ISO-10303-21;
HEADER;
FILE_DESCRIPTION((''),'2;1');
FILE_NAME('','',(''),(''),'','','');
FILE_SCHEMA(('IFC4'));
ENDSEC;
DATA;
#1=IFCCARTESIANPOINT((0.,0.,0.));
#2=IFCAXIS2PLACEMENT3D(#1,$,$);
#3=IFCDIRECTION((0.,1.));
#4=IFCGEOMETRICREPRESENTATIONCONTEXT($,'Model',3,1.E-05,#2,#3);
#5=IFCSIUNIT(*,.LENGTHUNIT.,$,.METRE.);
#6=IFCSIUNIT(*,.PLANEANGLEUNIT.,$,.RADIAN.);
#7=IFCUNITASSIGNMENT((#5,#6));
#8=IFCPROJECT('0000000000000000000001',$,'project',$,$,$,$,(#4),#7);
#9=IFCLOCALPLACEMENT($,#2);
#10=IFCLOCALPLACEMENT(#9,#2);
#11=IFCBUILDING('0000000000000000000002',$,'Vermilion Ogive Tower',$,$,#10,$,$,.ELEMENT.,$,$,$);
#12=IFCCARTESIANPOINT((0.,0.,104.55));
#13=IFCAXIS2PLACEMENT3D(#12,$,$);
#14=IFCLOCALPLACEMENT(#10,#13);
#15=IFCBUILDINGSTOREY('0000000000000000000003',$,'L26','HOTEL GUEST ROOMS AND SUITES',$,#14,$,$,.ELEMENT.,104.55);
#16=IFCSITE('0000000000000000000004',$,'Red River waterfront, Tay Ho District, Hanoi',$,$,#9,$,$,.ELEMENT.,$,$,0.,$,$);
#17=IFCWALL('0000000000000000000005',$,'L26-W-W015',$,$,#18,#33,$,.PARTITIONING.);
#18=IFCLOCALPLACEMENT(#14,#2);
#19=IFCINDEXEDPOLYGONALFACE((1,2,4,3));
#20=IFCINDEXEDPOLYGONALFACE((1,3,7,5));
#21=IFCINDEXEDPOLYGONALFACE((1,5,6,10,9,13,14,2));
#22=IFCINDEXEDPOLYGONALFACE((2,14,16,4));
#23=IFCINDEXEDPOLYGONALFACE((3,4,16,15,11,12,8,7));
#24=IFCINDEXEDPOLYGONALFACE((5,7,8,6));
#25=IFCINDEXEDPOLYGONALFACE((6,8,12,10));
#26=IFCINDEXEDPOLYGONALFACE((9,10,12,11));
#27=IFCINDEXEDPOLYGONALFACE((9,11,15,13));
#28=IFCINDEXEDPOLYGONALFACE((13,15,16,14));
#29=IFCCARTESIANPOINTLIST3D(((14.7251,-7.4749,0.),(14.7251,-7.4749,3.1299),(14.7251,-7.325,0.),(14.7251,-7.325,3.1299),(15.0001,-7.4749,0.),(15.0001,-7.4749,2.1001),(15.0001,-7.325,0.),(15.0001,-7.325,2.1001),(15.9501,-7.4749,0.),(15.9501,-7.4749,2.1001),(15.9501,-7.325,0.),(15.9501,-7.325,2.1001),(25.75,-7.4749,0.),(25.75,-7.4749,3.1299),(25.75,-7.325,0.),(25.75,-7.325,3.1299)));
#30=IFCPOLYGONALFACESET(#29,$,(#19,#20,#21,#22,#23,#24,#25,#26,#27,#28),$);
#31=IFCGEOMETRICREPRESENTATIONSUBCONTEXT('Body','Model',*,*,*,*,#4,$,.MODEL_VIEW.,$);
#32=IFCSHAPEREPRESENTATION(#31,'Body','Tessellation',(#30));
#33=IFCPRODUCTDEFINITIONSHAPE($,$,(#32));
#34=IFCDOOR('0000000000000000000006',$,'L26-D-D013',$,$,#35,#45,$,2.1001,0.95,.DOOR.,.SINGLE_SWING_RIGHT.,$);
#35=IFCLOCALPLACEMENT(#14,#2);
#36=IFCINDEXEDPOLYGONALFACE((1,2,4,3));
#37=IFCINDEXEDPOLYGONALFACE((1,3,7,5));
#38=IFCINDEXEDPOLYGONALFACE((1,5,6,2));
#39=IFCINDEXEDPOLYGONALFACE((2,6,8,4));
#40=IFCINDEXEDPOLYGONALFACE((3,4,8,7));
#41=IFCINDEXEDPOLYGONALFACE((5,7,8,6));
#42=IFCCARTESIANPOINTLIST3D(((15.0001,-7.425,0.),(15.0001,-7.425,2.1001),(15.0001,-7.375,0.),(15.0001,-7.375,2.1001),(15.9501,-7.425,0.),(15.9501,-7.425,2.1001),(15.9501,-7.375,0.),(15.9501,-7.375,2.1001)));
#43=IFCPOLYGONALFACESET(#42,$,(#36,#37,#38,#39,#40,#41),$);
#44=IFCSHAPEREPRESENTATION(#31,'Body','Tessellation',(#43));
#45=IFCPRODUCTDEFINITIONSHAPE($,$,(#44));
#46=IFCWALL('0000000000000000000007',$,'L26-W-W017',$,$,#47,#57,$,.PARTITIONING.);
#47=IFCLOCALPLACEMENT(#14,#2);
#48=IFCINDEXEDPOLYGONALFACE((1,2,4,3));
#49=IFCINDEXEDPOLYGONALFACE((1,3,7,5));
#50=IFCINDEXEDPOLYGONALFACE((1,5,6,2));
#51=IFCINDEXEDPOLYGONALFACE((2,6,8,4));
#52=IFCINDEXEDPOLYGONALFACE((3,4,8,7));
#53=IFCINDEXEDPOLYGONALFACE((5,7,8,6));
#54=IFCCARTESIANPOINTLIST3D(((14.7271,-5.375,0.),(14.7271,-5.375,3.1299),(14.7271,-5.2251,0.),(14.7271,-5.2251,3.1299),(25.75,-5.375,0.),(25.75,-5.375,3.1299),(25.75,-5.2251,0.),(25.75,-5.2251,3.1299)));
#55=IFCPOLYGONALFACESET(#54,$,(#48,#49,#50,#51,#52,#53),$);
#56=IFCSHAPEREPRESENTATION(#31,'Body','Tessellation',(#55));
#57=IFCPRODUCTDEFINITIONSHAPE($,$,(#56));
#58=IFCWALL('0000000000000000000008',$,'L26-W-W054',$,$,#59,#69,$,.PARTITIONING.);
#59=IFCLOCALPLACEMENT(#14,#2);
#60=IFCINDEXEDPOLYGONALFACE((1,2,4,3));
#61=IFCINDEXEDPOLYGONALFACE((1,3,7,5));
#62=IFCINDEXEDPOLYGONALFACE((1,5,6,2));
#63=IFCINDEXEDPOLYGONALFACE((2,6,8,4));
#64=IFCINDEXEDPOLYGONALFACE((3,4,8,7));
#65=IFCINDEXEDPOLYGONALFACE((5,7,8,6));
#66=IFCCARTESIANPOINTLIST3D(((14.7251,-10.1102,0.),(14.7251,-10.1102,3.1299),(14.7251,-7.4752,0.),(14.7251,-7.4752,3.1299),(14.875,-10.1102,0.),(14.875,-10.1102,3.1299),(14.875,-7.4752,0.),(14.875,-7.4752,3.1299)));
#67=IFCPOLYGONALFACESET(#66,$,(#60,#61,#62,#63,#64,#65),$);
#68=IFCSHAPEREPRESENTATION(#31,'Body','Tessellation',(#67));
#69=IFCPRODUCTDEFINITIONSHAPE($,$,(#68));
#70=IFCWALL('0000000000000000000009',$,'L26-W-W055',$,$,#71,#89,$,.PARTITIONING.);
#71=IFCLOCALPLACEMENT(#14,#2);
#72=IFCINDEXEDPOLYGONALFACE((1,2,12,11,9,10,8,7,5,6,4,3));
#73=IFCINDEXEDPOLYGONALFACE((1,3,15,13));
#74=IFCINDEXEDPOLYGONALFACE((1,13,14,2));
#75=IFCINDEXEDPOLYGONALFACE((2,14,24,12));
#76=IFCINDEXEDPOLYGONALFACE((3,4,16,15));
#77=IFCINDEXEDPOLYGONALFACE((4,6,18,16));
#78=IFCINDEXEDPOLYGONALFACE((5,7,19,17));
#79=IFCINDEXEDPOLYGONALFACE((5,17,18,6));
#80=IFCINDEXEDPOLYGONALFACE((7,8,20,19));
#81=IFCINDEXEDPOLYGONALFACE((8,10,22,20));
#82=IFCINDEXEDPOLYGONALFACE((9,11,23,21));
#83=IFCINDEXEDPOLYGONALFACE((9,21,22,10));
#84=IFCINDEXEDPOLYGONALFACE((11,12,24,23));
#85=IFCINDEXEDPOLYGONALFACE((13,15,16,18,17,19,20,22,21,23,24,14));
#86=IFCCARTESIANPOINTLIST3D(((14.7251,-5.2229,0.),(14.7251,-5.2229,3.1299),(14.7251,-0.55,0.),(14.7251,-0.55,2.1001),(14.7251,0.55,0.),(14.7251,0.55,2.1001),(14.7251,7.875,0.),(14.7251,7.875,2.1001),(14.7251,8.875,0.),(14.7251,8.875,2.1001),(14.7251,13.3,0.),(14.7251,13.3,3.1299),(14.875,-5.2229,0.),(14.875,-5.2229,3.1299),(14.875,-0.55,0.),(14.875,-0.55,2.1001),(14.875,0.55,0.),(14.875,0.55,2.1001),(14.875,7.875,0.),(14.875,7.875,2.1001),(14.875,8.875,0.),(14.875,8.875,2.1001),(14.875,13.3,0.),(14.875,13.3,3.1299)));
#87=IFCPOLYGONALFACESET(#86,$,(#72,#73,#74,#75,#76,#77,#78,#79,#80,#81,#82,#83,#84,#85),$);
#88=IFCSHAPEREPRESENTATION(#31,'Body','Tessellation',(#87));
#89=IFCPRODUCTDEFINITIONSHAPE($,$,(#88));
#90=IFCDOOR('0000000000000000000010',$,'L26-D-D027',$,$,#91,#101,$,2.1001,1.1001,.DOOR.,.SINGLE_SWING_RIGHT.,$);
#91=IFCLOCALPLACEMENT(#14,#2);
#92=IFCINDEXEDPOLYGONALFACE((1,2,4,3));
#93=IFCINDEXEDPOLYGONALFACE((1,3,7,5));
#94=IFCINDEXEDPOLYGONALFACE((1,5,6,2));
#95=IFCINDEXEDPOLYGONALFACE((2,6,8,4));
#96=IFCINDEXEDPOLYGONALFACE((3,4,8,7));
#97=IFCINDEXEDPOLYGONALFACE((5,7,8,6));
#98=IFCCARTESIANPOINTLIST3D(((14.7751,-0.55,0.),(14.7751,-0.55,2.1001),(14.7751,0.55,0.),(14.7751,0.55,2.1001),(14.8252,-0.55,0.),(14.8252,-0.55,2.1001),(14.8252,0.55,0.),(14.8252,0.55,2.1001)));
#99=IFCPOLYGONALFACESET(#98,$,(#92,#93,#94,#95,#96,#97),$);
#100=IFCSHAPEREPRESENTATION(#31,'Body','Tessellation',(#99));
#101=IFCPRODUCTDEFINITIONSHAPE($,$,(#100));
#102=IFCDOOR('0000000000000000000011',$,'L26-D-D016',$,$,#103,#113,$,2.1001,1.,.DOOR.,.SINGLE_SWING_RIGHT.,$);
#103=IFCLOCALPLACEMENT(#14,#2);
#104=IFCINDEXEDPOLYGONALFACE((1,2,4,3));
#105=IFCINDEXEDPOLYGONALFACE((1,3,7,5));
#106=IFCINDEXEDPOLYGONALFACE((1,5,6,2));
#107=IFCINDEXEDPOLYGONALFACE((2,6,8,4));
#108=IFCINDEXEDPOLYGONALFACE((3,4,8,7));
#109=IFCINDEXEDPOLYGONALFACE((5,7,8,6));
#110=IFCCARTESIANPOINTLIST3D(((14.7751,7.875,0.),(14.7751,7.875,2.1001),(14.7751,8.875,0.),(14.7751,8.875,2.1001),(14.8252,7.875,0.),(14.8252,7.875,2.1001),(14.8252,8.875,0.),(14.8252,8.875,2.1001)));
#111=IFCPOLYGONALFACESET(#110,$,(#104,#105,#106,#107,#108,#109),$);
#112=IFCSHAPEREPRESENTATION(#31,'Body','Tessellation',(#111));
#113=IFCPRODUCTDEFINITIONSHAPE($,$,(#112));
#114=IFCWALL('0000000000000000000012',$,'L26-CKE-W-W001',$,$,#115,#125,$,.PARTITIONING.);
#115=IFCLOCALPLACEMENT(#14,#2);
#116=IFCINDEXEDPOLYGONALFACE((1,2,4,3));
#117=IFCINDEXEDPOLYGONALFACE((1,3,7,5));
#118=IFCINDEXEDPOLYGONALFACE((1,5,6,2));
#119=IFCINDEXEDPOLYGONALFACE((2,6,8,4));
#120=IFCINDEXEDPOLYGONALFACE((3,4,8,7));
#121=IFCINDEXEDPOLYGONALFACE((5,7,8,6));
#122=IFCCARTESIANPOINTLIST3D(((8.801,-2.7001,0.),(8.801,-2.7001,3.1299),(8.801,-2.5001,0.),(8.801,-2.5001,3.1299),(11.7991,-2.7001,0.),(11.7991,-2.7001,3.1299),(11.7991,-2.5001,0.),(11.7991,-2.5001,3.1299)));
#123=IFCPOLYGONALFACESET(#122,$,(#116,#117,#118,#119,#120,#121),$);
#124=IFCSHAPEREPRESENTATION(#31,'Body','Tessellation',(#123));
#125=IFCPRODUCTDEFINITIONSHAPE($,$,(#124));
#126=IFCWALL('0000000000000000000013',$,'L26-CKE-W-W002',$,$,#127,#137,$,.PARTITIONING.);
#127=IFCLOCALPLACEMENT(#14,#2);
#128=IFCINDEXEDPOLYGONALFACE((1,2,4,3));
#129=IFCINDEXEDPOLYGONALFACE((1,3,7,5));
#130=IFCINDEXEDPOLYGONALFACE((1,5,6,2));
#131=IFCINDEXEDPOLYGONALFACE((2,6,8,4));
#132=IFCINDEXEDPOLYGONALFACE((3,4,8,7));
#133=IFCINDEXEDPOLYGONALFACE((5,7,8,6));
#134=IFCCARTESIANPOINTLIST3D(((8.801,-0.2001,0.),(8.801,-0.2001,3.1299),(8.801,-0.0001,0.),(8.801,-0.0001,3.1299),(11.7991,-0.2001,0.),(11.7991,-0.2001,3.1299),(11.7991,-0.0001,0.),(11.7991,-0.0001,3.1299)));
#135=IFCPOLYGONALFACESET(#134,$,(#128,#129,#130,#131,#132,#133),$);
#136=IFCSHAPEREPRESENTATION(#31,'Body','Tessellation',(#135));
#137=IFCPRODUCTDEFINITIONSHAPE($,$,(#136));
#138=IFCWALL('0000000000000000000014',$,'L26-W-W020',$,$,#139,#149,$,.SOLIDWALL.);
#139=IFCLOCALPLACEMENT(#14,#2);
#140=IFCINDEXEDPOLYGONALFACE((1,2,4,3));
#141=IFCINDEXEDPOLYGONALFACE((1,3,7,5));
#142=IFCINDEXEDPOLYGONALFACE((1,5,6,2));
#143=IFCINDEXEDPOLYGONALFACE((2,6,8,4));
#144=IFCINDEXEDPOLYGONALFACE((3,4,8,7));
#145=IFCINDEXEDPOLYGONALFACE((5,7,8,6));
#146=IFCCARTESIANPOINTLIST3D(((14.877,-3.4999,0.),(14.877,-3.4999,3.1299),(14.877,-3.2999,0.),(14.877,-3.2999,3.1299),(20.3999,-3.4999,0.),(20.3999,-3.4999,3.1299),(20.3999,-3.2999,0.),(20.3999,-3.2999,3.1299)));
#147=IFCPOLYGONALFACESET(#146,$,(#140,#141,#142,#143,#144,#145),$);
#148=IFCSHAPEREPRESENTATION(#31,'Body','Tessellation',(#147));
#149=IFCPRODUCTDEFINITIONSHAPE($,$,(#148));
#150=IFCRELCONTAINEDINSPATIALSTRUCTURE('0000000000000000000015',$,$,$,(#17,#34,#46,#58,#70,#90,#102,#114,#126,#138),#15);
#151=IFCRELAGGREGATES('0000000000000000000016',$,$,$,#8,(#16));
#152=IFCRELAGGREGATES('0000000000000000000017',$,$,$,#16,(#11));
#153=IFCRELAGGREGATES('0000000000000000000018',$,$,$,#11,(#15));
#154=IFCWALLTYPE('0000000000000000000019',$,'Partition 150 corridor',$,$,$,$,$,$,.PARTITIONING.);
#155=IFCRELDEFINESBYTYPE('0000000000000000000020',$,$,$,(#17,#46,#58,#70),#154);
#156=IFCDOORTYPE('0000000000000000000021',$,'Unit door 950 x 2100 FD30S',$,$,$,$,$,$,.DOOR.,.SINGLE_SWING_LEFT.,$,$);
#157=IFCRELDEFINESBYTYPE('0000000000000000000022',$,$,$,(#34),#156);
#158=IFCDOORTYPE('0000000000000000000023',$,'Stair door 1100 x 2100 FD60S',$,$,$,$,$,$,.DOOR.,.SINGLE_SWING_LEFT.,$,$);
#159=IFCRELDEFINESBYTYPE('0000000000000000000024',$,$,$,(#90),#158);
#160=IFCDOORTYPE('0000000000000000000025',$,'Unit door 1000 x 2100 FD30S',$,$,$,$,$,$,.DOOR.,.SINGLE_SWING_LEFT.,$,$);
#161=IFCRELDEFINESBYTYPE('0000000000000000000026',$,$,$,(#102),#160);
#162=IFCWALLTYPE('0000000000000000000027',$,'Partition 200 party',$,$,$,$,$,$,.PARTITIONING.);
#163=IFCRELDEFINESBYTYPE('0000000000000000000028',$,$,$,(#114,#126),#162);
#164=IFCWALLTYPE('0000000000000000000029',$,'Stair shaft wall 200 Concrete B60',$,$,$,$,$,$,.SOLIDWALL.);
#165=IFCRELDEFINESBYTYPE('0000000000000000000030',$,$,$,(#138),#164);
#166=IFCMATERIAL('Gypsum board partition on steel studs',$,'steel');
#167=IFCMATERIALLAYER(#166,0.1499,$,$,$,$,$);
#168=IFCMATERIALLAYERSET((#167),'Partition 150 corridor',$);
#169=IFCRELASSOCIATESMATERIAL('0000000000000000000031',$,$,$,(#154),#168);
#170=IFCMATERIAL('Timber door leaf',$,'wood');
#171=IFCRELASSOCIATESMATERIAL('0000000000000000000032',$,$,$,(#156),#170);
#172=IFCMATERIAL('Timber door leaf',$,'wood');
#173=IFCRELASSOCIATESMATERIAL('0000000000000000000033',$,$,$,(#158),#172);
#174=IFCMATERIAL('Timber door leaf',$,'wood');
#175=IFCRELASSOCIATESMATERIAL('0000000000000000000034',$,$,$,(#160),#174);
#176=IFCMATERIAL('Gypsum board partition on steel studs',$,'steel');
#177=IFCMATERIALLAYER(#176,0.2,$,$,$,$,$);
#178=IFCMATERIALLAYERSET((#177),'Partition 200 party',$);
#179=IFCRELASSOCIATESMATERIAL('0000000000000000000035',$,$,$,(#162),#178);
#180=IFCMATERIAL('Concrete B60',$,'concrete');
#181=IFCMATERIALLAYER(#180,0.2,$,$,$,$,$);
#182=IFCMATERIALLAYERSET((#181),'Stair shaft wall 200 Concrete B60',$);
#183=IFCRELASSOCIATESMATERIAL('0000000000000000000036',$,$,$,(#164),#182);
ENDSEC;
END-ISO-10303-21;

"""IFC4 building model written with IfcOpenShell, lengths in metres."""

from ifc_helpers import new_model, si_unit, direction, frame, frame_2d, origin, place, context, subcontext, project, spatial, rectangle, extrude, material, layer, layer_set, type_object, element, fill, save


model = new_model("IFC4")

# Units and contexts
model_context = context("Model", 3, precision=1e-05, world=origin(), true_north=direction((0.0, 1.0)))
body_context = subcontext(model_context, "Body", "Model", "MODEL_VIEW")
ifc_project = project(units=[si_unit("LENGTHUNIT", "METRE"), si_unit("PLANEANGLEUNIT", "RADIAN")], contexts=[model_context])

# Site, building, storey
site_placement = place(None, origin())
site = spatial("IfcSite", under=ifc_project, at=site_placement, Name="Red River waterfront, Tay Ho District, Hanoi", CompositionType="ELEMENT", RefElevation=0.0)
building_placement = place(site_placement, origin())
building = spatial("IfcBuilding", under=site, at=building_placement, Name="Vermilion Ogive Tower", CompositionType="ELEMENT")
storey_placement = place(building_placement, frame((0.0, 0.0, 104.55)))
storey = spatial("IfcBuildingStorey", under=building, at=storey_placement, Name="L26", Description="HOTEL GUEST ROOMS AND SUITES", CompositionType="ELEMENT", Elevation=104.55)

# Wall, opening, door
ifc_material_1 = material(Name="Gypsum board partition on steel studs", Category="steel")
ifc_layer_1 = layer(ifc_material_1, 0.1499)
ifc_layer_set_1 = layer_set([ifc_layer_1], Name="Partition 150 corridor")
wall_type_1 = type_object("IfcWallType", Name="Partition 150 corridor", PredefinedType="PARTITIONING", material=ifc_layer_set_1)
wall_1_placement = place(storey_placement, frame((14.7251, -7.3999, 0.0), z_axis=(0.0, 0.0, 1.0), x_axis=(1.0, 0.0, 0.0)))
wall_1 = element("IfcWall", 1, at=wall_1_placement, inside=storey, type_object=wall_type_1, Name="L26-W-W015", PredefinedType="PARTITIONING", context=body_context, shape_type="SweptSolid", body=[
    extrude(rectangle(XDim=11.0249, YDim=0.1499, at=frame_2d((5.5125, 0.0))), origin(), (0.0, 0.0, 1.0), 3.1299),
])
opening_1_placement = place(wall_1_placement, frame((0.2749, 0.0, 0.0)))
opening_1 = element("IfcOpeningElement", 2, at=opening_1_placement, cuts=wall_1, PredefinedType="OPENING", context=body_context, shape_type="SweptSolid", body=[
    extrude(rectangle(XDim=0.95, YDim=2.1001, at=frame_2d((0.4751, 1.05))), frame((0.0, 0.085, 0.0), z_axis=(0.0, -1.0, 0.0), x_axis=(1.0, 0.0, 0.0)), (0.0, 0.0, 1.0), 0.1699),
])
ifc_material_2 = material(Name="Timber door leaf", Category="wood")
door_type_1 = type_object("IfcDoorType", Name="Unit door 950 x 2100 FD30S", OperationType="SINGLE_SWING_LEFT", PredefinedType="DOOR", material=ifc_material_2)
door_1_placement = place(opening_1_placement, origin())
door_1 = element("IfcDoor", 3, at=door_1_placement, inside=storey, type_object=door_type_1, Name="L26-D-D013", OperationType="SINGLE_SWING_RIGHT", OverallHeight=2.1001, OverallWidth=0.95, PredefinedType="DOOR", context=body_context, shape_type="SweptSolid", body=[
    extrude(rectangle(XDim=0.95, YDim=2.1001, at=frame_2d((0.4751, 1.05))), frame((0.0, 0.0249, 0.0), z_axis=(0.0, -1.0, 0.0), x_axis=(1.0, 0.0, 0.0)), (0.0, 0.0, 1.0), 0.05),
])
fill(opening_1, door_1)

# Walls
wall_2_placement = place(storey_placement, frame((14.7271, -5.3, 0.0), z_axis=(0.0, 0.0, 1.0), x_axis=(1.0, 0.0, 0.0)))
element("IfcWall", 4, at=wall_2_placement, inside=storey, type_object=wall_type_1, Name="L26-W-W017", PredefinedType="PARTITIONING", context=body_context, shape_type="SweptSolid", body=[
    extrude(rectangle(XDim=11.0229, YDim=0.1499, at=frame_2d((5.5115, 0.0))), origin(), (0.0, 0.0, 1.0), 3.1299),
])
wall_3_placement = place(storey_placement, frame((14.8, -10.1101, 0.0), z_axis=(0.0, 0.0, 1.0), x_axis=(0.0, 1.0, 0.0)))
element("IfcWall", 5, at=wall_3_placement, inside=storey, type_object=wall_type_1, Name="L26-W-W054", PredefinedType="PARTITIONING", context=body_context, shape_type="SweptSolid", body=[
    extrude(rectangle(XDim=2.635, YDim=0.1499, at=frame_2d((1.3174, 0.0))), origin(), (0.0, 0.0, 1.0), 3.1299),
])

# Wall, openings, doors
wall_4_placement = place(storey_placement, frame((14.8, -5.2229, 0.0), z_axis=(0.0, 0.0, 1.0), x_axis=(0.0, 1.0, 0.0)))
wall_4 = element("IfcWall", 6, at=wall_4_placement, inside=storey, type_object=wall_type_1, Name="L26-W-W055", PredefinedType="PARTITIONING", context=body_context, shape_type="SweptSolid", body=[
    extrude(rectangle(XDim=18.5229, YDim=0.1499, at=frame_2d((9.2615, 0.0))), origin(), (0.0, 0.0, 1.0), 3.1299),
])
opening_2_placement = place(wall_4_placement, frame((13.0979, 0.0, 0.0)))
opening_2 = element("IfcOpeningElement", 7, at=opening_2_placement, cuts=wall_4, PredefinedType="OPENING", context=body_context, shape_type="SweptSolid", body=[
    extrude(rectangle(XDim=1.0, YDim=2.1001, at=frame_2d((0.5, 1.05))), frame((0.0, 0.085, 0.0), z_axis=(0.0, -1.0, 0.0), x_axis=(1.0, 0.0, 0.0)), (0.0, 0.0, 1.0), 0.1699),
])
opening_3_placement = place(wall_4_placement, frame((4.6729, 0.0, 0.0)))
opening_3 = element("IfcOpeningElement", 8, at=opening_3_placement, cuts=wall_4, PredefinedType="OPENING", context=body_context, shape_type="SweptSolid", body=[
    extrude(rectangle(XDim=1.1001, YDim=2.1001, at=frame_2d((0.55, 1.05))), frame((0.0, 0.085, 0.0), z_axis=(0.0, -1.0, 0.0), x_axis=(1.0, 0.0, 0.0)), (0.0, 0.0, 1.0), 0.1699),
])
ifc_material_3 = material(Name="Timber door leaf", Category="wood")
door_type_2 = type_object("IfcDoorType", Name="Stair door 1100 x 2100 FD60S", OperationType="SINGLE_SWING_LEFT", PredefinedType="DOOR", material=ifc_material_3)
door_2_placement = place(opening_3_placement, origin())
door_2 = element("IfcDoor", 9, at=door_2_placement, inside=storey, type_object=door_type_2, Name="L26-D-D027", OperationType="SINGLE_SWING_RIGHT", OverallHeight=2.1001, OverallWidth=1.1001, PredefinedType="DOOR", context=body_context, shape_type="SweptSolid", body=[
    extrude(rectangle(XDim=1.1001, YDim=2.1001, at=frame_2d((0.55, 1.05))), frame((0.0, 0.0249, 0.0), z_axis=(0.0, -1.0, 0.0), x_axis=(1.0, 0.0, 0.0)), (0.0, 0.0, 1.0), 0.05),
])
fill(opening_3, door_2)
ifc_material_4 = material(Name="Timber door leaf", Category="wood")
door_type_3 = type_object("IfcDoorType", Name="Unit door 1000 x 2100 FD30S", OperationType="SINGLE_SWING_LEFT", PredefinedType="DOOR", material=ifc_material_4)
door_3_placement = place(opening_2_placement, origin())
door_3 = element("IfcDoor", 10, at=door_3_placement, inside=storey, type_object=door_type_3, Name="L26-D-D016", OperationType="SINGLE_SWING_RIGHT", OverallHeight=2.1001, OverallWidth=1.0, PredefinedType="DOOR", context=body_context, shape_type="SweptSolid", body=[
    extrude(rectangle(XDim=1.0, YDim=2.1001, at=frame_2d((0.5, 1.05))), frame((0.0, 0.0249, 0.0), z_axis=(0.0, -1.0, 0.0), x_axis=(1.0, 0.0, 0.0)), (0.0, 0.0, 1.0), 0.05),
])
fill(opening_2, door_3)

# Walls
ifc_material_5 = material(Name="Gypsum board partition on steel studs", Category="steel")
ifc_layer_2 = layer(ifc_material_5, 0.2)
ifc_layer_set_2 = layer_set([ifc_layer_2], Name="Partition 200 party")
wall_type_2 = type_object("IfcWallType", Name="Partition 200 party", PredefinedType="PARTITIONING", material=ifc_layer_set_2)
for number, where, z_axis, x_axis, name in (
    (11, (8.801, -2.6001, 0.0), (0.0, 0.0, 1.0), (1.0, 0.0, 0.0), "L26-CKE-W-W001"),
    (12, (8.801, -0.1001, 0.0), (0.0, 0.0, 1.0), (1.0, 0.0, 0.0), "L26-CKE-W-W002"),
):
    element("IfcWall", number, at=place(storey_placement, frame(where, z_axis=z_axis, x_axis=x_axis)), inside=storey, type_object=wall_type_2, Name=name, PredefinedType="PARTITIONING", context=body_context, shape_type="SweptSolid", body=[
        extrude(rectangle(XDim=2.998, YDim=0.2, at=frame_2d((1.499, 0.0))), origin(), (0.0, 0.0, 1.0), 3.1299),
    ])
ifc_material_6 = material(Name="Concrete B60", Category="concrete")
ifc_layer_3 = layer(ifc_material_6, 0.2)
ifc_layer_set_3 = layer_set([ifc_layer_3], Name="Stair shaft wall 200 Concrete B60")
wall_type_3 = type_object("IfcWallType", Name="Stair shaft wall 200 Concrete B60", PredefinedType="SOLIDWALL", material=ifc_layer_set_3)
wall_5_placement = place(storey_placement, frame((14.877, -3.3999, 0.0), z_axis=(0.0, 0.0, 1.0), x_axis=(1.0, 0.0, 0.0)))
element("IfcWall", 13, at=wall_5_placement, inside=storey, type_object=wall_type_3, Name="L26-W-W020", PredefinedType="SOLIDWALL", context=body_context, shape_type="SweptSolid", body=[
    extrude(rectangle(XDim=5.5229, YDim=0.2, at=frame_2d((2.7615, 0.0))), origin(), (0.0, 0.0, 1.0), 3.1299),
])

save(model, "model.ifc")
